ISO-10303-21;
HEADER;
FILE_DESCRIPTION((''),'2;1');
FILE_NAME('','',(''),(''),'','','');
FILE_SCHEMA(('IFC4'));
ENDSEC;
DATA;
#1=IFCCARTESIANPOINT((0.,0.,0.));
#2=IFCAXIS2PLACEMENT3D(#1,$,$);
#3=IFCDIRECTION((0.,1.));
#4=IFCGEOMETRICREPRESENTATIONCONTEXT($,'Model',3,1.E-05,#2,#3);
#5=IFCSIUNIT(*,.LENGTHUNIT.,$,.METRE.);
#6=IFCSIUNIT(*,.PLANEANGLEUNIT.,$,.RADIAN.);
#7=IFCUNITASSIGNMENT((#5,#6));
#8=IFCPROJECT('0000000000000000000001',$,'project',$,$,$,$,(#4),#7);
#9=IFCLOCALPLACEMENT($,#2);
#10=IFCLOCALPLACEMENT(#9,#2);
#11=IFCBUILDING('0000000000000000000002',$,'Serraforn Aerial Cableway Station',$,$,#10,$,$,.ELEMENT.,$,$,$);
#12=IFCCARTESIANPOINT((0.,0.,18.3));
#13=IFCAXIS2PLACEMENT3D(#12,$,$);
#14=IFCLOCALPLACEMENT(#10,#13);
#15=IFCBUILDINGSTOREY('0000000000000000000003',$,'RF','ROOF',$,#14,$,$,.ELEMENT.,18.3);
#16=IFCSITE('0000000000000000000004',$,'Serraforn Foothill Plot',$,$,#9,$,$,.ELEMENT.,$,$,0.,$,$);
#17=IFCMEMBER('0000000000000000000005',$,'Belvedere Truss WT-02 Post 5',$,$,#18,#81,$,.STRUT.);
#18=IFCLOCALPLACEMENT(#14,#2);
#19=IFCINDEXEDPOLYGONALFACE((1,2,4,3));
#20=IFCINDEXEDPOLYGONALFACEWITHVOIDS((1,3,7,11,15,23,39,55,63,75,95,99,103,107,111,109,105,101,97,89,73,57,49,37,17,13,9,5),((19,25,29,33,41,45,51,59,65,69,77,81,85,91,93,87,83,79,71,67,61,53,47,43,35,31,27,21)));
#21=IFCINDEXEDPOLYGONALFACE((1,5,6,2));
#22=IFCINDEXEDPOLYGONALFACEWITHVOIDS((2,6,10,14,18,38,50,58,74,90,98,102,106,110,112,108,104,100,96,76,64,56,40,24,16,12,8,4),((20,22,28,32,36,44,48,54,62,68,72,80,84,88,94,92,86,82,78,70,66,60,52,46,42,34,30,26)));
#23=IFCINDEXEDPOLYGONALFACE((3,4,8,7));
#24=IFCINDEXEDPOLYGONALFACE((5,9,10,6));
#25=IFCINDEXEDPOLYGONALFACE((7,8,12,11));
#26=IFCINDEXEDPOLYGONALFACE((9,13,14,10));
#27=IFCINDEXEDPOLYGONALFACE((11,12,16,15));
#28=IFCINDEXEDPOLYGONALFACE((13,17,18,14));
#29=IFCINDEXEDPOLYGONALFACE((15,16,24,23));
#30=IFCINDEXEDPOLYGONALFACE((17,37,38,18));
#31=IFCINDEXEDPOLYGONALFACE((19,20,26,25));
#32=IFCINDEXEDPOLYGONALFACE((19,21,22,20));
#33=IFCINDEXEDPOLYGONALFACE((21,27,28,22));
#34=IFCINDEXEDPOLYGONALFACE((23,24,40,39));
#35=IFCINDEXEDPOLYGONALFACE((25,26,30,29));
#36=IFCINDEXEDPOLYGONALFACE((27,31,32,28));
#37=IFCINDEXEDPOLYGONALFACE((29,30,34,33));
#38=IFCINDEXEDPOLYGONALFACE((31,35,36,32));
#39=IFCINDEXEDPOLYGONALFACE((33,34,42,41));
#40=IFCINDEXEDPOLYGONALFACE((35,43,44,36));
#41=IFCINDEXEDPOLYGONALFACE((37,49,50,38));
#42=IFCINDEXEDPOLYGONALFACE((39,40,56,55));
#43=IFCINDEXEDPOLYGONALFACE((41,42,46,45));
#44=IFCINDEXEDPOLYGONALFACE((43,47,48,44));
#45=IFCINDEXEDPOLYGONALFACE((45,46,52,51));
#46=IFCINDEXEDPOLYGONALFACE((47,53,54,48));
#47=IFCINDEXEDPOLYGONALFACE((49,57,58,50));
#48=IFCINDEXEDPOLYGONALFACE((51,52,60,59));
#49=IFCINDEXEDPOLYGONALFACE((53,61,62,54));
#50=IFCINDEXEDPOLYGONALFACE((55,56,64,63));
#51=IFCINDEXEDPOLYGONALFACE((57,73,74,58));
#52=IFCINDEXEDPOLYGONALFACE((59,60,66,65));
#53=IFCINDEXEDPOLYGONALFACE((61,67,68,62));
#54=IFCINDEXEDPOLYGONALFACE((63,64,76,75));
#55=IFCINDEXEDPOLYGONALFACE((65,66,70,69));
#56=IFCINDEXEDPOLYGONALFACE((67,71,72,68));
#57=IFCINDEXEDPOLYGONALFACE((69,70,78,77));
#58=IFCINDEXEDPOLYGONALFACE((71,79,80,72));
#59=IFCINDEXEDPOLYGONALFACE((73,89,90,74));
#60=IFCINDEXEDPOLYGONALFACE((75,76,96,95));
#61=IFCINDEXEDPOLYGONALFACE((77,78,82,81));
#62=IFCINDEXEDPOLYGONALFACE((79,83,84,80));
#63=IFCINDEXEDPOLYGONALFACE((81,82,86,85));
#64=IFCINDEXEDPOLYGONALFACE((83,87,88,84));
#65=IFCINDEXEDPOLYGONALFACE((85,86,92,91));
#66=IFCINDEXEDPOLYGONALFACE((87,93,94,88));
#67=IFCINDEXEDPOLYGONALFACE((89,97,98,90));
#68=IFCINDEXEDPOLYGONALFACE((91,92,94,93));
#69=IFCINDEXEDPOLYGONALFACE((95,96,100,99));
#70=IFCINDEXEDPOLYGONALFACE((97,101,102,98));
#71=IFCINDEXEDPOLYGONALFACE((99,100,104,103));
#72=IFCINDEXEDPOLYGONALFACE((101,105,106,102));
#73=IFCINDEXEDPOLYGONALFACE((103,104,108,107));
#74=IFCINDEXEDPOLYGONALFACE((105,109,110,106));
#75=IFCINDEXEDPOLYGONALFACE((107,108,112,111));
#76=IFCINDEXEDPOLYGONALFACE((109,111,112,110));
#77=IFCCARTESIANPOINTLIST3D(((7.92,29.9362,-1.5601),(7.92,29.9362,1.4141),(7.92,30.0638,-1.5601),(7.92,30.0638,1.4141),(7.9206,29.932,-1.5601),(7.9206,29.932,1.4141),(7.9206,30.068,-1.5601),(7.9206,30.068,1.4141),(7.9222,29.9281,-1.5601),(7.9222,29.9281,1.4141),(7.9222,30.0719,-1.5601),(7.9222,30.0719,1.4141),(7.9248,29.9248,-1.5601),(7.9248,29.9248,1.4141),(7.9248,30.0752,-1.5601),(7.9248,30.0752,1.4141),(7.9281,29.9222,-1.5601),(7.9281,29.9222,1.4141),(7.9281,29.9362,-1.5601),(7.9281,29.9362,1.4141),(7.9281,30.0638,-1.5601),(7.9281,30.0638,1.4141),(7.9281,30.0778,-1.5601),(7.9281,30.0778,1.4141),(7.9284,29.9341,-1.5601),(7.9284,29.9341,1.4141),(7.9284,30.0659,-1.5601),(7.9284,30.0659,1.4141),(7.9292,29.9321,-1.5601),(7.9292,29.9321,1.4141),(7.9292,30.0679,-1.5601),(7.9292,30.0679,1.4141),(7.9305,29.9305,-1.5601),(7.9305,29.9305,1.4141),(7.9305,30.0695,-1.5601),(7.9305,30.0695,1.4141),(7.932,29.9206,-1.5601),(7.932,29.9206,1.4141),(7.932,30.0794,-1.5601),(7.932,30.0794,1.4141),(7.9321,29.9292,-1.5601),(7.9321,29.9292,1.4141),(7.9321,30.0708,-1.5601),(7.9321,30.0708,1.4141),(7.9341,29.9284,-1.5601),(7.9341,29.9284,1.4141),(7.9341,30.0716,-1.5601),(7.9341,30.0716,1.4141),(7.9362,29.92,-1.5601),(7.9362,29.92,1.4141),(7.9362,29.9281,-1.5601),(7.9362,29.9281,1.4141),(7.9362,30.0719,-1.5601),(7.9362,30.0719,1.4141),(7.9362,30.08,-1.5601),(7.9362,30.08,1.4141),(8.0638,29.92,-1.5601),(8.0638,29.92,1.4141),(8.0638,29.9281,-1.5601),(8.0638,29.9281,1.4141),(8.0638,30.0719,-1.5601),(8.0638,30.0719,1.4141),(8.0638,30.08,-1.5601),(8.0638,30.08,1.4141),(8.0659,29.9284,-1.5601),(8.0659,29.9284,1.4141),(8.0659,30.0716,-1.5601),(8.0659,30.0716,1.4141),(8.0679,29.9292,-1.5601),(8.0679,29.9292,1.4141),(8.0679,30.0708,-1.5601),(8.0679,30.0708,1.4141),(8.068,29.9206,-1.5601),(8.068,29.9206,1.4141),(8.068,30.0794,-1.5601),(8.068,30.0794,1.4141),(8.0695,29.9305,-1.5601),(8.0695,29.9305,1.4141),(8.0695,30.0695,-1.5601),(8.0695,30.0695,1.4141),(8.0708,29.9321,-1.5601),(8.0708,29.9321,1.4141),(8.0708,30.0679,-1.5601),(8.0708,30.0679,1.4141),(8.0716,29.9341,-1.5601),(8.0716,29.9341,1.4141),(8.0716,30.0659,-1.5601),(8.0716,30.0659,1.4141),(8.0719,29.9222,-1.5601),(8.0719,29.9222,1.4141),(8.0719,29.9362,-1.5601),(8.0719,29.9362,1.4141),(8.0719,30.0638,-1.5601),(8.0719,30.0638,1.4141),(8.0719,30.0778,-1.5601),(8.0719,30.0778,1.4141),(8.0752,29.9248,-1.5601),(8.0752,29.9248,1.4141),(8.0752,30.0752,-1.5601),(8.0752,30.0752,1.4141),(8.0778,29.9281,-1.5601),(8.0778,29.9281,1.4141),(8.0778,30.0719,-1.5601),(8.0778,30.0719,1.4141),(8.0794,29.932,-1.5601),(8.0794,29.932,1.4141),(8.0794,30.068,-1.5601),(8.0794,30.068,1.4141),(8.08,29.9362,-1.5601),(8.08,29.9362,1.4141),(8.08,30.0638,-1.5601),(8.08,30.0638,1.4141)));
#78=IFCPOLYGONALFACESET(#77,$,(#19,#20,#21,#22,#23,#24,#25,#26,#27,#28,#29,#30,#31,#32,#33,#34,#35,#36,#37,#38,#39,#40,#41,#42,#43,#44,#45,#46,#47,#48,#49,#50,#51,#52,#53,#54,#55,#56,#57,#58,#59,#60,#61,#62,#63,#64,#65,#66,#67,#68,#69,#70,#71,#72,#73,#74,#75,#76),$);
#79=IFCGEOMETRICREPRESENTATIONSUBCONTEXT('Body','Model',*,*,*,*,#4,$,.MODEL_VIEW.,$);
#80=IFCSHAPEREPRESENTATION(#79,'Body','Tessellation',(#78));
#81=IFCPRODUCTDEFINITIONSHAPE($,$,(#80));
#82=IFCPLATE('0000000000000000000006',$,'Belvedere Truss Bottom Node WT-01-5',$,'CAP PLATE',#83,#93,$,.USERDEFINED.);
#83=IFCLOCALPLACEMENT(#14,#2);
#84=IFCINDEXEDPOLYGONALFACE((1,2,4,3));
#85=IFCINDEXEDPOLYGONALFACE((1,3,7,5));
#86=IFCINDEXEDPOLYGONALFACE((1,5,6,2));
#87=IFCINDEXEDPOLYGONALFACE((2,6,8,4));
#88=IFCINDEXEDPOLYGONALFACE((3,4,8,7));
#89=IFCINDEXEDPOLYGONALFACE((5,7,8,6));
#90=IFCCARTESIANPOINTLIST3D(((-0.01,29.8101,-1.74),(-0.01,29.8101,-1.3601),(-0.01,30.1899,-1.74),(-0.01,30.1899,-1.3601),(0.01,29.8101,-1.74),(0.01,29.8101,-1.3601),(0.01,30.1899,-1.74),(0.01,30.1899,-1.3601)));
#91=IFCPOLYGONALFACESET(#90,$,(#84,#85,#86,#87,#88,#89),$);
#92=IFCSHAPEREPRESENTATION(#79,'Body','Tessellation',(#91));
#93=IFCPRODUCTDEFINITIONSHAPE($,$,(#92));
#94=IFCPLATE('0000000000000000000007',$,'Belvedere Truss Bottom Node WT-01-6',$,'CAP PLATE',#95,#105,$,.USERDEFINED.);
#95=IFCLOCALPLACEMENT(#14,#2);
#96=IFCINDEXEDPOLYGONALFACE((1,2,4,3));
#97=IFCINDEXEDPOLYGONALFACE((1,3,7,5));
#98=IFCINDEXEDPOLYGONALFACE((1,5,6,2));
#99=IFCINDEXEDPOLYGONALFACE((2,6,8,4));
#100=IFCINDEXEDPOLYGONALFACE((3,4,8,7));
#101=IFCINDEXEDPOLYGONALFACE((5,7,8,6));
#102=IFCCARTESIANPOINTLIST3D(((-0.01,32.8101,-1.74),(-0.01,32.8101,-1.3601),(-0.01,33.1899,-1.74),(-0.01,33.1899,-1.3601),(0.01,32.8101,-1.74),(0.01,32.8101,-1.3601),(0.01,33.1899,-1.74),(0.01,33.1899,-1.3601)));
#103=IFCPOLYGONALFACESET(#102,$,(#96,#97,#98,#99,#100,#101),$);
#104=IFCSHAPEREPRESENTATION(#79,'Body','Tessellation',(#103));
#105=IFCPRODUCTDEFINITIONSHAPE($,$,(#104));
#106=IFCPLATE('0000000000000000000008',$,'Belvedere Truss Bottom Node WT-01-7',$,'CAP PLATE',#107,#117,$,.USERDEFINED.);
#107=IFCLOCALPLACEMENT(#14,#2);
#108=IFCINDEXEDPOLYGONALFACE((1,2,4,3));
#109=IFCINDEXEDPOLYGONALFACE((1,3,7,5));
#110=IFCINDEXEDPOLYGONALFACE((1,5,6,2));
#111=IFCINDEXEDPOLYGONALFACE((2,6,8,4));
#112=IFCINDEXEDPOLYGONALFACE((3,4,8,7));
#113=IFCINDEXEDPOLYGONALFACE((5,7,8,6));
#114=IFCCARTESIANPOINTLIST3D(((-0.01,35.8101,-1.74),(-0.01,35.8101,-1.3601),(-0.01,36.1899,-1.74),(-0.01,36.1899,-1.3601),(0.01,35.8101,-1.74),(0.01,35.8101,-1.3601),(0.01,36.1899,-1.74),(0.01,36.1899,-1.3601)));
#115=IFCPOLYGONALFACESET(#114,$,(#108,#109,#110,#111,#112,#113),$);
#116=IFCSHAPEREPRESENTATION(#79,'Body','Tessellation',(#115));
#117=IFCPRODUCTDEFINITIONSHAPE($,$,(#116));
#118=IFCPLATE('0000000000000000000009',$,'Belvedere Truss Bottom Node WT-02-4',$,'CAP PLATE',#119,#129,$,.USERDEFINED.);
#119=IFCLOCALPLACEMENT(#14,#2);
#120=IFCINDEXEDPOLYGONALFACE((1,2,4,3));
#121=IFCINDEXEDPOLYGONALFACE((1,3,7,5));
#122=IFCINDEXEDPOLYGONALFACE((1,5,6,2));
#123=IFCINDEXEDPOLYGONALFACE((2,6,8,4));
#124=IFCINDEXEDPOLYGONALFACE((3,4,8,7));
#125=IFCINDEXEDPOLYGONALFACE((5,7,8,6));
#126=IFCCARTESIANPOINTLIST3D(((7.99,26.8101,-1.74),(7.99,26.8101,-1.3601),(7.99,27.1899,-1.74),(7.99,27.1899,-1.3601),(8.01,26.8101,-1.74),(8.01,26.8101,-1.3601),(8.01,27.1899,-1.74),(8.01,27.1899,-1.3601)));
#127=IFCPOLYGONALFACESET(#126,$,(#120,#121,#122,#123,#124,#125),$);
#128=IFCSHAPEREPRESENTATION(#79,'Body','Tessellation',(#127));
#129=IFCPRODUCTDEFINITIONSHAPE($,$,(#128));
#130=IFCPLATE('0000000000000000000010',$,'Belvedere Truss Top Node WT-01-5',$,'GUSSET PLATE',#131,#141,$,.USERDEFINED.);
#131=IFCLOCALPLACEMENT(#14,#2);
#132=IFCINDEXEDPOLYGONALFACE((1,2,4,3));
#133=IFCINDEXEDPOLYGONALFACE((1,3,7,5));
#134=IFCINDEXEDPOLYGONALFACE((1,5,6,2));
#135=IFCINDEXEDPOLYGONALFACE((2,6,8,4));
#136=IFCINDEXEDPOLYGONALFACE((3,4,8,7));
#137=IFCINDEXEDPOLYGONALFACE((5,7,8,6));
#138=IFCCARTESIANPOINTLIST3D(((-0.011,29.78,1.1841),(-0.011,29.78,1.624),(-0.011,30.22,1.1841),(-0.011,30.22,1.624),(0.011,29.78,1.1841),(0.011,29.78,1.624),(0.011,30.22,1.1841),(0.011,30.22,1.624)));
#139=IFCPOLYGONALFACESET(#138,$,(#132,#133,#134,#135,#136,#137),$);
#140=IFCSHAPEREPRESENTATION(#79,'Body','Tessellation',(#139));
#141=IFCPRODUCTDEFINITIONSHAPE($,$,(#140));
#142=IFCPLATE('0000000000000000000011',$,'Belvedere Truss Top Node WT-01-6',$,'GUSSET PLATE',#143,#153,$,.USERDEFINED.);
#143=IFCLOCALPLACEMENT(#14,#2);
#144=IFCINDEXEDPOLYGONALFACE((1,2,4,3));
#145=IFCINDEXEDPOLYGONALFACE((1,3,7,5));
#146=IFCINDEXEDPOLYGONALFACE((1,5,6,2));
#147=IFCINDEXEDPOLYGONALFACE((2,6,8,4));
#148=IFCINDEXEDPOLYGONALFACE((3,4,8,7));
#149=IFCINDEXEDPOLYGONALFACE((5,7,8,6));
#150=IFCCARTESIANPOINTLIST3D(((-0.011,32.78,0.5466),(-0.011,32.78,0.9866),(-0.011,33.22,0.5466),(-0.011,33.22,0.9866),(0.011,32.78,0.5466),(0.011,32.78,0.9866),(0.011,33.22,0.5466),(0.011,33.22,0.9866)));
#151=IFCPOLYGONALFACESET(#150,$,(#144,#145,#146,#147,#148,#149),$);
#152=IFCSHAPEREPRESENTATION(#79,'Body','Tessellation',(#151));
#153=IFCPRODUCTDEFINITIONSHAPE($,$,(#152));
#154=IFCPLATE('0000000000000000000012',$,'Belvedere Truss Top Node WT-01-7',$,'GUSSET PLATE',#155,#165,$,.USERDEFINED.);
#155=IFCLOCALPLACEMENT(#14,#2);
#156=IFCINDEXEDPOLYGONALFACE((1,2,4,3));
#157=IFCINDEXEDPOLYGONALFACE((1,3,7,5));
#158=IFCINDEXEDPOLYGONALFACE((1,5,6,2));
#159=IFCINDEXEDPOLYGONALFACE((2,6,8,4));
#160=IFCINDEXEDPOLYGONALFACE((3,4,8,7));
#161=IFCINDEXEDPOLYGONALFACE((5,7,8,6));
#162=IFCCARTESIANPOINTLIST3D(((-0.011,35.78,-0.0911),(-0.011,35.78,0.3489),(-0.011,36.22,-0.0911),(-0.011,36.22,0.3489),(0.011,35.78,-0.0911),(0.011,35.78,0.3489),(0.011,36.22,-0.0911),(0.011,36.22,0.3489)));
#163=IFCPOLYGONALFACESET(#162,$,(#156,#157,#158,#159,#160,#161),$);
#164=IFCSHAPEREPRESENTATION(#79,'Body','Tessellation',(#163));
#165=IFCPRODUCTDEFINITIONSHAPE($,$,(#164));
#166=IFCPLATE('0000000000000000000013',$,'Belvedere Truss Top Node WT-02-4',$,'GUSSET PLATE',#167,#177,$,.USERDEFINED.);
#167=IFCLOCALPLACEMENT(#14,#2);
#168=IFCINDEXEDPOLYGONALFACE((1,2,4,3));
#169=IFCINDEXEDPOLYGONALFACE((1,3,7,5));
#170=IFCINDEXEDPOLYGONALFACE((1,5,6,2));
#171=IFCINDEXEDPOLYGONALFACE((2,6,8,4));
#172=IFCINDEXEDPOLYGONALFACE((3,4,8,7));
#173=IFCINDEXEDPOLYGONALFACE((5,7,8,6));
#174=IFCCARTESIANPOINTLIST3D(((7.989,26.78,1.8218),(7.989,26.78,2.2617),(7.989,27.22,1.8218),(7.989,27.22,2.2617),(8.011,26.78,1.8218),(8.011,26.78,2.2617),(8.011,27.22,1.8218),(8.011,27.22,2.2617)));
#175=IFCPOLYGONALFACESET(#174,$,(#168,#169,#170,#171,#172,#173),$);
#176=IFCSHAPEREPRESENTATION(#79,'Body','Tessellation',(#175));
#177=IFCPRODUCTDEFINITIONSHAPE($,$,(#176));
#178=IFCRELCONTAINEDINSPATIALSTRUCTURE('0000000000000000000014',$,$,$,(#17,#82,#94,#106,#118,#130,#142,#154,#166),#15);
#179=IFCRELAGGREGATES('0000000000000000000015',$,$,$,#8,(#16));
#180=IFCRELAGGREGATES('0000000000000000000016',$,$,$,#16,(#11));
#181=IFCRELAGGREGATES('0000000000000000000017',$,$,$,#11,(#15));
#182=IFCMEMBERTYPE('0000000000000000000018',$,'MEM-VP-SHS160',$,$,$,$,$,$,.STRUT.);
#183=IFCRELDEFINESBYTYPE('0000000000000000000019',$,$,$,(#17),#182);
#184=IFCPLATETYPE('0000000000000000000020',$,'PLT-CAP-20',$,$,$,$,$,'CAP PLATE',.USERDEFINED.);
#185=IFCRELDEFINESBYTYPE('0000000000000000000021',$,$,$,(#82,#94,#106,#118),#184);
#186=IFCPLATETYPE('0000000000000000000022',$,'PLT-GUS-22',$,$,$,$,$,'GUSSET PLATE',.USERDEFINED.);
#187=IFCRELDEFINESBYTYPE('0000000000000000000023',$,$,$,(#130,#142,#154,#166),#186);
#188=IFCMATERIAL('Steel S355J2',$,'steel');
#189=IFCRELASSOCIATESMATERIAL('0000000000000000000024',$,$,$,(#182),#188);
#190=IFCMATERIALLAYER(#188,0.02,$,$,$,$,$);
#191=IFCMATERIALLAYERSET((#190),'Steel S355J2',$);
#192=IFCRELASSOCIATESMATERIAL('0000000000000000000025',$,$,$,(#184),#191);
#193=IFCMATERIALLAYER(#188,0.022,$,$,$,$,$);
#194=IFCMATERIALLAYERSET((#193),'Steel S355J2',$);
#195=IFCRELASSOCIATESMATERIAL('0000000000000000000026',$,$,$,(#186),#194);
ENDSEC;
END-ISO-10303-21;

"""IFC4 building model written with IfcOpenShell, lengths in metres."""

from ifc_helpers import new_model, si_unit, direction, frame, origin, origin_2d, place, context, subcontext, project, spatial, rectangle, hollow_rectangle, extrude, material, layer, layer_set, material_profile, profile_set, type_object, element, save


model = new_model("IFC4")

# Units and contexts
model_context = context("Model", 3, precision=1e-05, world=origin(), true_north=direction((0.0, 1.0)))
body_context = subcontext(model_context, "Body", "Model", "MODEL_VIEW")
ifc_project = project(units=[si_unit("LENGTHUNIT", "METRE"), si_unit("PLANEANGLEUNIT", "RADIAN")], contexts=[model_context])

# Site, building, storey
site_placement = place(None, origin())
site = spatial("IfcSite", under=ifc_project, at=site_placement, Name="Serraforn Foothill Plot", CompositionType="ELEMENT", RefElevation=0.0)
building_placement = place(site_placement, origin())
building = spatial("IfcBuilding", under=site, at=building_placement, Name="Serraforn Aerial Cableway Station", CompositionType="ELEMENT")
storey_placement = place(building_placement, frame((0.0, 0.0, 18.3)))
storey = spatial("IfcBuildingStorey", under=building, at=storey_placement, Name="RF", Description="ROOF", CompositionType="ELEMENT", Elevation=18.3)

# Member
ifc_material_1 = material(Name="Steel S355J2", Category="steel")
ifc_material_profile_1 = material_profile(ifc_material_1, hollow_rectangle(XDim=0.1599, YDim=0.1599, WallThickness=0.0081, InnerFilletRadius=0.0081, OuterFilletRadius=0.0161, at=origin_2d()), Name="SHS 160x160x8.0")
ifc_profile_set_1 = profile_set([ifc_material_profile_1], Name="Steel S355J2")
member_type_1 = type_object("IfcMemberType", Name="MEM-VP-SHS160", PredefinedType="STRUT", material=ifc_profile_set_1)
member_1_placement = place(storey_placement, frame((8.0, 30.0, -1.5601), z_axis=(0.0, 0.0, 1.0), x_axis=(1.0, 0.0, 0.0)))
element("IfcMember", 1, at=member_1_placement, inside=storey, type_object=member_type_1, Name="Belvedere Truss WT-02 Post 5", PredefinedType="STRUT", context=body_context, shape_type="SweptSolid", body=[
    extrude(hollow_rectangle(XDim=0.1599, YDim=0.1599, WallThickness=0.0081, InnerFilletRadius=0.0081, OuterFilletRadius=0.0161, at=origin_2d()), origin(), (0.0, 0.0, 1.0), 2.9741),
])

# Plates
ifc_layer_1 = layer(ifc_material_1, 0.02)
ifc_layer_set_1 = layer_set([ifc_layer_1], Name="Steel S355J2")
plate_type_1 = type_object("IfcPlateType", Name="PLT-CAP-20", ElementType="CAP PLATE", PredefinedType="USERDEFINED", material=ifc_layer_set_1)
for number, where, z_axis, x_axis, name in (
    (2, (0.0, 30.0, -1.74), (0.0, 0.0, 1.0), (1.0, 0.0, 0.0), "Belvedere Truss Bottom Node WT-01-5"),
    (3, (0.0, 33.0, -1.74), (0.0, 0.0, 1.0), (1.0, 0.0, 0.0), "Belvedere Truss Bottom Node WT-01-6"),
    (4, (0.0, 36.0, -1.74), (0.0, 0.0, 1.0), (1.0, 0.0, 0.0), "Belvedere Truss Bottom Node WT-01-7"),
    (5, (8.0, 27.0, -1.74), (0.0, 0.0, 1.0), (1.0, 0.0, 0.0), "Belvedere Truss Bottom Node WT-02-4"),
):
    element("IfcPlate", number, at=place(storey_placement, frame(where, z_axis=z_axis, x_axis=x_axis)), inside=storey, type_object=plate_type_1, Name=name, ObjectType="CAP PLATE", PredefinedType="USERDEFINED", context=body_context, shape_type="SweptSolid", body=[
        extrude(rectangle(XDim=0.02, YDim=0.3799, at=origin_2d()), origin(), (0.0, 0.0, 1.0), 0.3799),
    ])
ifc_layer_2 = layer(ifc_material_1, 0.022)
ifc_layer_set_2 = layer_set([ifc_layer_2], Name="Steel S355J2")
plate_type_2 = type_object("IfcPlateType", Name="PLT-GUS-22", ElementType="GUSSET PLATE", PredefinedType="USERDEFINED", material=ifc_layer_set_2)
for number, where, z_axis, x_axis, name in (
    (6, (0.0, 30.0, 1.1841), (0.0, 0.0, 1.0), (1.0, 0.0, 0.0), "Belvedere Truss Top Node WT-01-5"),
    (7, (0.0, 33.0, 0.5466), (0.0, 0.0, 1.0), (1.0, 0.0, 0.0), "Belvedere Truss Top Node WT-01-6"),
    (8, (0.0, 36.0, -0.0911), (0.0, 0.0, 1.0), (1.0, 0.0, 0.0), "Belvedere Truss Top Node WT-01-7"),
    (9, (8.0, 27.0, 1.8218), (0.0, 0.0, 1.0), (1.0, 0.0, 0.0), "Belvedere Truss Top Node WT-02-4"),
):
    element("IfcPlate", number, at=place(storey_placement, frame(where, z_axis=z_axis, x_axis=x_axis)), inside=storey, type_object=plate_type_2, Name=name, ObjectType="GUSSET PLATE", PredefinedType="USERDEFINED", context=body_context, shape_type="SweptSolid", body=[
        extrude(rectangle(XDim=0.022, YDim=0.4399, at=origin_2d()), origin(), (0.0, 0.0, 1.0), 0.4399),
    ])

save(model, "model.ifc")
